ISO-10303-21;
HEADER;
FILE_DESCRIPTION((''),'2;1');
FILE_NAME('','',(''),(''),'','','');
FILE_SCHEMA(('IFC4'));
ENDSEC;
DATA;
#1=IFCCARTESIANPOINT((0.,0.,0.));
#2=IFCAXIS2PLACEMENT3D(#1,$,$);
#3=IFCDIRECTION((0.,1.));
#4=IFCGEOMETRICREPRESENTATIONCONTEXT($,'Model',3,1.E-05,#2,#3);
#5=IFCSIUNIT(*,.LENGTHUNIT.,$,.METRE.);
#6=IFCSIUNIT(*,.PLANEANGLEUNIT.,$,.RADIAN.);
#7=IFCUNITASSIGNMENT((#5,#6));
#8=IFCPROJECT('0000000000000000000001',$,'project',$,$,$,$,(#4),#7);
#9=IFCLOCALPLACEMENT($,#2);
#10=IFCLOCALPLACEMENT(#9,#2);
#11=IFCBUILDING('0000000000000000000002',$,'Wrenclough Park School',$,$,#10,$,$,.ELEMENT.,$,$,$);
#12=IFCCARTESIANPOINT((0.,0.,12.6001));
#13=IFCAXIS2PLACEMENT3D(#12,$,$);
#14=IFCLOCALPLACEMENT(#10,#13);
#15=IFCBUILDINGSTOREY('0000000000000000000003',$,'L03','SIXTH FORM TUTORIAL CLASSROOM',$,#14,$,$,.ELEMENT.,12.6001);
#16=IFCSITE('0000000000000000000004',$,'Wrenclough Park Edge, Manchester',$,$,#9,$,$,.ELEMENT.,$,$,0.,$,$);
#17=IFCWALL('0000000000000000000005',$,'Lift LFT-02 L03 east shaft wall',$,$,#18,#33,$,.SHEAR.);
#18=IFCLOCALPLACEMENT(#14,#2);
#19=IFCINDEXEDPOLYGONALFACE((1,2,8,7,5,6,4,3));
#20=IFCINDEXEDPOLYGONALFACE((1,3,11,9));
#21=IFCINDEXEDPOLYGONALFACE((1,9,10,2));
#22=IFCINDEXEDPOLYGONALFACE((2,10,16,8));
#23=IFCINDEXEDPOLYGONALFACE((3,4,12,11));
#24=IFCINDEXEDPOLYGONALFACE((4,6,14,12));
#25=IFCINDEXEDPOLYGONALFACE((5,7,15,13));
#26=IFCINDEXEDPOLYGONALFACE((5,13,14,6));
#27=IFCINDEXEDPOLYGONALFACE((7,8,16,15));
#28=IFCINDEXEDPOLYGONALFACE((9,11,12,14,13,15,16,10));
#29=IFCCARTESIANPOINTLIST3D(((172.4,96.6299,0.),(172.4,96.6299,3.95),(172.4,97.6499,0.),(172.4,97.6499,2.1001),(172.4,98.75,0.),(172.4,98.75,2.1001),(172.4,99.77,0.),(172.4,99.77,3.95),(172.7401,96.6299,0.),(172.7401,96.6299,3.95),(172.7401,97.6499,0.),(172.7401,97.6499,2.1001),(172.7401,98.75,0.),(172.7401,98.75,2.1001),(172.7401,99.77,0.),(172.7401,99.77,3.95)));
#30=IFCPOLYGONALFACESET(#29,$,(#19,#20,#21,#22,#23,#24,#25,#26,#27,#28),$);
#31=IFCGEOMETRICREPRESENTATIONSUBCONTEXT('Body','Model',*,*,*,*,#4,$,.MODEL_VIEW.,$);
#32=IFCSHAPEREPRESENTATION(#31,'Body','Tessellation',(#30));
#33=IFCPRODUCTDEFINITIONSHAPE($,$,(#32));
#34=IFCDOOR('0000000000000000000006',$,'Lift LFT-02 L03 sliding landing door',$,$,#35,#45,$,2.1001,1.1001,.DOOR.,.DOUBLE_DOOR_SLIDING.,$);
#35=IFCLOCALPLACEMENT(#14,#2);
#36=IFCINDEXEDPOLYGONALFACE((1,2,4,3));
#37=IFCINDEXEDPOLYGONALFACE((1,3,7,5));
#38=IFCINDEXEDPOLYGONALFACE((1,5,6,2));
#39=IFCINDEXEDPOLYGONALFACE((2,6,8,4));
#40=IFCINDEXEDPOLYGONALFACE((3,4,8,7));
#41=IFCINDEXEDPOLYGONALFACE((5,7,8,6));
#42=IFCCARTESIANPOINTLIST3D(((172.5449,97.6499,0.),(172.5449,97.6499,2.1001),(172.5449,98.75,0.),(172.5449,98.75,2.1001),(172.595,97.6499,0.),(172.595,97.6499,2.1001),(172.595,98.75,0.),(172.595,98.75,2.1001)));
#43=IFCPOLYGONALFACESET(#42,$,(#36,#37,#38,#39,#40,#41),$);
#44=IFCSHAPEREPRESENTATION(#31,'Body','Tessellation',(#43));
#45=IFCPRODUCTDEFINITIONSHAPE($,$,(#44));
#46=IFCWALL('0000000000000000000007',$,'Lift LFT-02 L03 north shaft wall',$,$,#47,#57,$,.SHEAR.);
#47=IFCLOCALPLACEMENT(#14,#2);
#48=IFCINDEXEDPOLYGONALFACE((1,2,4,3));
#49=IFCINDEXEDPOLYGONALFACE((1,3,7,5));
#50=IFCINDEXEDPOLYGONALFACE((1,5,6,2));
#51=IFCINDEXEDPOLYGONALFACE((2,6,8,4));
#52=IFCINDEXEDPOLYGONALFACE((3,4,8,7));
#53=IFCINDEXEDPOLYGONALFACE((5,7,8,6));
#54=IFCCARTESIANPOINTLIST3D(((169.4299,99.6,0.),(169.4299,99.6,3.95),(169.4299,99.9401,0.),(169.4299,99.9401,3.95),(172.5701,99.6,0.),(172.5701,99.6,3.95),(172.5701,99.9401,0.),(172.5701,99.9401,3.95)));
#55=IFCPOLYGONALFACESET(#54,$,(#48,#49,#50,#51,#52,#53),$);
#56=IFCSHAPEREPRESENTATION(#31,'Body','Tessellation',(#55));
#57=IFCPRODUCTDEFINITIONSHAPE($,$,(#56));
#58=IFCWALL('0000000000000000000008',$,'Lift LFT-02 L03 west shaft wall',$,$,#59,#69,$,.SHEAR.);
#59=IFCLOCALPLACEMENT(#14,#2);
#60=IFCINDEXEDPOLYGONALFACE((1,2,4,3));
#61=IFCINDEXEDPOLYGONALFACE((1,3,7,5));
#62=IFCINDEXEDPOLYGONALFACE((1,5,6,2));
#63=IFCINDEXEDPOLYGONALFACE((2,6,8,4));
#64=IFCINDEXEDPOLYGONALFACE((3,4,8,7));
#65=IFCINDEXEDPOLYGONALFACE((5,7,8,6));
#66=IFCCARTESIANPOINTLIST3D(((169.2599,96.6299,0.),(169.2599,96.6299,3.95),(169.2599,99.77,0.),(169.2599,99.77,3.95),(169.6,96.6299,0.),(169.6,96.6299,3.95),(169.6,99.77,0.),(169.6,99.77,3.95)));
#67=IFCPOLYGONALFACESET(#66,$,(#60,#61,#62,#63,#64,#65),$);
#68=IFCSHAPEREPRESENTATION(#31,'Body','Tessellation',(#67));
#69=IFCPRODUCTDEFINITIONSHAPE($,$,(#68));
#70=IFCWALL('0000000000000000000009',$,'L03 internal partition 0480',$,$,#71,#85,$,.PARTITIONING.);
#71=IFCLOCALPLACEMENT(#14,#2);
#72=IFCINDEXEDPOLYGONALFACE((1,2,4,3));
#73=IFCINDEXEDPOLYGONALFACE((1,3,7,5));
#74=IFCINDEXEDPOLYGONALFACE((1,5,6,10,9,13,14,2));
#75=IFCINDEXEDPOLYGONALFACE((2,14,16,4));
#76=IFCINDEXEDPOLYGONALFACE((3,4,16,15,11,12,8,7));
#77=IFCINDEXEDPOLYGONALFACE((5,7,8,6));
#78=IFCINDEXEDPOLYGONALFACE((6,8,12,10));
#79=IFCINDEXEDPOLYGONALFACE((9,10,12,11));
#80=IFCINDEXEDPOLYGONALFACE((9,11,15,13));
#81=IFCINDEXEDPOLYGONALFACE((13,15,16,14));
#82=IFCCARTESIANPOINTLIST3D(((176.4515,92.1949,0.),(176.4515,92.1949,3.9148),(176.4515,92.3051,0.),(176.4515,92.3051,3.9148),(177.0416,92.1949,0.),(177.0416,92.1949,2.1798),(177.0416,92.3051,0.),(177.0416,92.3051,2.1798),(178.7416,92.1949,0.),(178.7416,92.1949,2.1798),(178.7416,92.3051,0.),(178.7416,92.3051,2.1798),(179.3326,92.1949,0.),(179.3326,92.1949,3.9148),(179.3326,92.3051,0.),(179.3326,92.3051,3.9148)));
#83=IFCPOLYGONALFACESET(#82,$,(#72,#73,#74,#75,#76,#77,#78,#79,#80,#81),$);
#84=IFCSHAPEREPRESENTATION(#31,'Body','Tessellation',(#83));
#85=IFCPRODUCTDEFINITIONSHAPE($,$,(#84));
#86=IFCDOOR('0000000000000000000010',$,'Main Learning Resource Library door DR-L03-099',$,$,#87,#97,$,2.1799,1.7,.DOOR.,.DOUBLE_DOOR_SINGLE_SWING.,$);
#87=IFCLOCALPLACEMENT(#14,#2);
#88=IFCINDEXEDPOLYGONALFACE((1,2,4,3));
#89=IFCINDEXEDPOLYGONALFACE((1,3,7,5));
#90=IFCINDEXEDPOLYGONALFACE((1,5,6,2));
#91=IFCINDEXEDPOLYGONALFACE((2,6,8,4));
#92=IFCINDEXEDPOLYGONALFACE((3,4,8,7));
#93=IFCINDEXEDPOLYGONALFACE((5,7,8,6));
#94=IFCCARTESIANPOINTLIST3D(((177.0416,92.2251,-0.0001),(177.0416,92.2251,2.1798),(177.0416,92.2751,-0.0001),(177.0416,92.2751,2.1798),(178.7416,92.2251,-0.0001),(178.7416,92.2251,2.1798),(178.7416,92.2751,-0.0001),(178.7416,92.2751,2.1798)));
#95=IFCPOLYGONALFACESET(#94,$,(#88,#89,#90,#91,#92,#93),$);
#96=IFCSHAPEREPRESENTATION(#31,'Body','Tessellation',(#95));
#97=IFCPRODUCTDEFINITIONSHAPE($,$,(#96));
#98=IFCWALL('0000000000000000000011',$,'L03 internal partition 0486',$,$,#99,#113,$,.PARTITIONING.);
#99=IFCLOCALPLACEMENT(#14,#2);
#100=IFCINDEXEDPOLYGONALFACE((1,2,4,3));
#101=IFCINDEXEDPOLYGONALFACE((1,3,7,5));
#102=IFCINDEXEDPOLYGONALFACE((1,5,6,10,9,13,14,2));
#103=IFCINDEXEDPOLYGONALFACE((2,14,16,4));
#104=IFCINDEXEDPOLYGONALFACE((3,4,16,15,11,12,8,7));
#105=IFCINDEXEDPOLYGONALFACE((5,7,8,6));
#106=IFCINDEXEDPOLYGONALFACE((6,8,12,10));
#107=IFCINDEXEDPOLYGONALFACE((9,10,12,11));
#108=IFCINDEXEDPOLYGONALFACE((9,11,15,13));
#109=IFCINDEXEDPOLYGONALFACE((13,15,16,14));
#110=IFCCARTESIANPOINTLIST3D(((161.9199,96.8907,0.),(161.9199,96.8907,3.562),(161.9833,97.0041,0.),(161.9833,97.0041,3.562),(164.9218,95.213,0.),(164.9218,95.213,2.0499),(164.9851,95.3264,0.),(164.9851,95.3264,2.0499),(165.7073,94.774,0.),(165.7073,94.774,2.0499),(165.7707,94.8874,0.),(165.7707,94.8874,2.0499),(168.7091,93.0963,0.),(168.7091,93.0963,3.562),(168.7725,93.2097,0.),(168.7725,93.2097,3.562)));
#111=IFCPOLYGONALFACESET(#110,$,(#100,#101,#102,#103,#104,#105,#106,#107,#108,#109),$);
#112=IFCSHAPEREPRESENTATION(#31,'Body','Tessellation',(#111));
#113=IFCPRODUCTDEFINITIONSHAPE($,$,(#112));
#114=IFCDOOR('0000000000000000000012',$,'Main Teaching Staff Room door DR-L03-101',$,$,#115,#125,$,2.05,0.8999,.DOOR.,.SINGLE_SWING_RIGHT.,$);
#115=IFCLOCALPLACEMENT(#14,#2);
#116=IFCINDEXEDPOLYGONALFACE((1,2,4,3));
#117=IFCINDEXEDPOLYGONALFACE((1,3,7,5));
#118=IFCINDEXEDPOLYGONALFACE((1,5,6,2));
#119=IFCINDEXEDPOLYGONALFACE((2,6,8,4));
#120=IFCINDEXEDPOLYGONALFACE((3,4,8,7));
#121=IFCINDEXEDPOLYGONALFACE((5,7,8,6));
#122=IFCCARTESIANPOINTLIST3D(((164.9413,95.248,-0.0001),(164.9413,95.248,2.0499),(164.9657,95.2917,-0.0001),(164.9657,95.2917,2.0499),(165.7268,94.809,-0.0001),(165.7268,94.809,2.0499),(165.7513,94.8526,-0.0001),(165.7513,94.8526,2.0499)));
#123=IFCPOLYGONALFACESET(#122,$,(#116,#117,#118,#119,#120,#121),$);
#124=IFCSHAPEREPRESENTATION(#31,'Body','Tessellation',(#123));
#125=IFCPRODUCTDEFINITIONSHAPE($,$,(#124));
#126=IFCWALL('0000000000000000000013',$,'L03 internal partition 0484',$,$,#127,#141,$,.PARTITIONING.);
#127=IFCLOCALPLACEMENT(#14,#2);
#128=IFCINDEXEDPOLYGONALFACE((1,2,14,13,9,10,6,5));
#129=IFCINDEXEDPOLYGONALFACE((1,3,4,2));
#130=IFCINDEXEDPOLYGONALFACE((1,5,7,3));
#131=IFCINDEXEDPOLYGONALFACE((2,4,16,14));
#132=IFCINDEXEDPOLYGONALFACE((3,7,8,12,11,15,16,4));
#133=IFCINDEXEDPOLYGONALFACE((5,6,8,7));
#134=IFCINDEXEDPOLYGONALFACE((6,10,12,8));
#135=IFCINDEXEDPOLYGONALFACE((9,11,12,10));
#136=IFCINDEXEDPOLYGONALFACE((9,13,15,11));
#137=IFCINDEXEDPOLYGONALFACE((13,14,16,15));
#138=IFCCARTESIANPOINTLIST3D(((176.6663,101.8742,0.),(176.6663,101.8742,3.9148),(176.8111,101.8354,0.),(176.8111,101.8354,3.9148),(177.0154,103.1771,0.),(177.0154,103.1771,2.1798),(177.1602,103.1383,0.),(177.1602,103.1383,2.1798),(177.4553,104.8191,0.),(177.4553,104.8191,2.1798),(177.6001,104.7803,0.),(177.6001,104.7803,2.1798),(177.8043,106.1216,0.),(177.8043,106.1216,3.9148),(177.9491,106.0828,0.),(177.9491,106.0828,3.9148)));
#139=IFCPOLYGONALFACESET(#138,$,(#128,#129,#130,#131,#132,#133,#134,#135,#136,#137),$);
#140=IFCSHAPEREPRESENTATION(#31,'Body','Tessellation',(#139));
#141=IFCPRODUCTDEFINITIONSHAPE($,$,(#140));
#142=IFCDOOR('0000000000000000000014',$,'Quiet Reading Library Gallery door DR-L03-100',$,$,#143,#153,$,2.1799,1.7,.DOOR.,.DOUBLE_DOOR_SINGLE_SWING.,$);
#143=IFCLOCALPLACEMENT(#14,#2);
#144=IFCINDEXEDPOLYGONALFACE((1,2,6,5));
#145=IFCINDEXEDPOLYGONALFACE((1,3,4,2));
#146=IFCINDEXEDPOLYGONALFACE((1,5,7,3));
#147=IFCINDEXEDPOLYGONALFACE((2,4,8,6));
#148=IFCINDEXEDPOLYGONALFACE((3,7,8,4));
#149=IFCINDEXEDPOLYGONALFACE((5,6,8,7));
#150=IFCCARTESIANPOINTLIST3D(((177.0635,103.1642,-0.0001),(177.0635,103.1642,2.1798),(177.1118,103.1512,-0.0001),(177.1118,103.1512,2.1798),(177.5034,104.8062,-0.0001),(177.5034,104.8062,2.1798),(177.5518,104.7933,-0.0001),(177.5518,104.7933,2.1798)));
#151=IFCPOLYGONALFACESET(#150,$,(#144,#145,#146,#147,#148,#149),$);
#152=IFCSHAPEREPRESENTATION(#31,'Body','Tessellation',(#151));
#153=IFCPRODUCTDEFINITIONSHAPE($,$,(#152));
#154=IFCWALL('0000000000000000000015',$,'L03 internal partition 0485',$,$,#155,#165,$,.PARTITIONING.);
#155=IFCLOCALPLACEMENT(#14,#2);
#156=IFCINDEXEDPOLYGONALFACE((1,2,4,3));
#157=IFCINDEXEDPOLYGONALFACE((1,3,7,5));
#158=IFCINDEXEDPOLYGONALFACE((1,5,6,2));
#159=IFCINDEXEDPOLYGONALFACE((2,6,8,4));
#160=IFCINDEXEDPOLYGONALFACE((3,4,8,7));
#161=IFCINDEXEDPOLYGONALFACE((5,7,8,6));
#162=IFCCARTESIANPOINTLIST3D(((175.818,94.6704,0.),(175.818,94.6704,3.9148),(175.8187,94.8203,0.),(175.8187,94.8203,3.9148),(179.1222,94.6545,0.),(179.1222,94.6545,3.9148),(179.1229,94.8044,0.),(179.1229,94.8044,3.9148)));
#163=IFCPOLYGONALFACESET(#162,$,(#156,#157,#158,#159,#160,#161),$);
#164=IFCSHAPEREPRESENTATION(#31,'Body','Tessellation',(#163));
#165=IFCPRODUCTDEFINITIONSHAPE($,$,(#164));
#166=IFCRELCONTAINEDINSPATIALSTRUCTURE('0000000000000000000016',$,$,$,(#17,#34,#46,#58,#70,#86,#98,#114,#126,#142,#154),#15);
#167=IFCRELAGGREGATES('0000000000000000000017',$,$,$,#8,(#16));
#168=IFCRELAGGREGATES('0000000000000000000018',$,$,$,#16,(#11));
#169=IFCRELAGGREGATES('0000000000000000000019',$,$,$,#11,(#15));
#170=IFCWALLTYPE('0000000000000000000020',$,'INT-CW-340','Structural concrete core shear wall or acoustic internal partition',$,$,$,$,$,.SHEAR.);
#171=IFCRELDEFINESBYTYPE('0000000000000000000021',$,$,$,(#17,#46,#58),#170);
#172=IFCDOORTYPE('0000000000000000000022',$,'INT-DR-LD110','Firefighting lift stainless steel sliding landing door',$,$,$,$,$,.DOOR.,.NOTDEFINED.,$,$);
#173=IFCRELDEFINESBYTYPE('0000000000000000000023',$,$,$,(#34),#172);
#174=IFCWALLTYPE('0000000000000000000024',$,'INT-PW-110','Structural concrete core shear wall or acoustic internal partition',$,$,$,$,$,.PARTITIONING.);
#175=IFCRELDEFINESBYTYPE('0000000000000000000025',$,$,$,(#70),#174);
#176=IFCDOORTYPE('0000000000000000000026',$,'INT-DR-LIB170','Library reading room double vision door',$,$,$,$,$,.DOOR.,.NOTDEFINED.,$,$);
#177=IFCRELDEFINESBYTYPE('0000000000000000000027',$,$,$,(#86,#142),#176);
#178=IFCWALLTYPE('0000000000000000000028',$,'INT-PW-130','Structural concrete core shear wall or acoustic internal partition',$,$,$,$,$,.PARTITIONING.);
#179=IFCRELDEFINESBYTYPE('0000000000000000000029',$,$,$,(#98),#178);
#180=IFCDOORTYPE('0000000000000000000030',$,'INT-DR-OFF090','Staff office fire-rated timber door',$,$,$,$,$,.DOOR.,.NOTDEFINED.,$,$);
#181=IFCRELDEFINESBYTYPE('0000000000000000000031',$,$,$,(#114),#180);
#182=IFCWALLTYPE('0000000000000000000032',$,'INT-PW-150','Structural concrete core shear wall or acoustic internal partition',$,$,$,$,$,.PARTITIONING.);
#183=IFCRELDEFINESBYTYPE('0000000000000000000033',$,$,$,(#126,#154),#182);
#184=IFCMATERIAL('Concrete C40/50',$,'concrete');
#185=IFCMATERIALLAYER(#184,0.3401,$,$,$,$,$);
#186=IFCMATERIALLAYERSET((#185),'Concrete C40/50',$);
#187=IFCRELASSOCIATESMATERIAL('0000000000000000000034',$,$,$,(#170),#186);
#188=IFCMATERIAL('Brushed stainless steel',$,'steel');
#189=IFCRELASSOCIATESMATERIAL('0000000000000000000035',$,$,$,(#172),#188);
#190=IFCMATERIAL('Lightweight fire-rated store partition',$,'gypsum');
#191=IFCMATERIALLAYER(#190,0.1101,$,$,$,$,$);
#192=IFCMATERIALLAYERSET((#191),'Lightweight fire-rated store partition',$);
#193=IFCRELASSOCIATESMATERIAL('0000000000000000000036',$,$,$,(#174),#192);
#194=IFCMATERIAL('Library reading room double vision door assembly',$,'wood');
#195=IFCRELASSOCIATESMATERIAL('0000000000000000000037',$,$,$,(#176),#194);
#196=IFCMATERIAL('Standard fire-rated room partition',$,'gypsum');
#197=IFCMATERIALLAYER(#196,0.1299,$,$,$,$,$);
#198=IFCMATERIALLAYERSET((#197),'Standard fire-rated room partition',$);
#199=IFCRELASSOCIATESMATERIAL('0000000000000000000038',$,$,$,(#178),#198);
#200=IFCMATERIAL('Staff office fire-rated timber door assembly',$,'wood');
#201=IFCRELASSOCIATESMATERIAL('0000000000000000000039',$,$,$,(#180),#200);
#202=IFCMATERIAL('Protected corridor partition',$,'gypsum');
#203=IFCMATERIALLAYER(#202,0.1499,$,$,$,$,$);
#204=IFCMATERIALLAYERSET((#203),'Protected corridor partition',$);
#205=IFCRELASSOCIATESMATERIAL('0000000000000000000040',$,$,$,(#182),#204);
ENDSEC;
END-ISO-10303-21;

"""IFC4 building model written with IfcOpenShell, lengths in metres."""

from ifc_helpers import new_model, si_unit, direction, frame, frame_2d, origin, place, context, subcontext, project, spatial, rectangle, extrude, material, layer, layer_set, type_object, element, fill, save


model = new_model("IFC4")

# Units and contexts
model_context = context("Model", 3, precision=1e-05, world=origin(), true_north=direction((0.0, 1.0)))
body_context = subcontext(model_context, "Body", "Model", "MODEL_VIEW")
ifc_project = project(units=[si_unit("LENGTHUNIT", "METRE"), si_unit("PLANEANGLEUNIT", "RADIAN")], contexts=[model_context])

# Site, building, storey
site_placement = place(None, origin())
site = spatial("IfcSite", under=ifc_project, at=site_placement, Name="Wrenclough Park Edge, Manchester", CompositionType="ELEMENT", RefElevation=0.0)
building_placement = place(site_placement, origin())
building = spatial("IfcBuilding", under=site, at=building_placement, Name="Wrenclough Park School", CompositionType="ELEMENT")
storey_placement = place(building_placement, frame((0.0, 0.0, 12.6001)))
storey = spatial("IfcBuildingStorey", under=building, at=storey_placement, Name="L03", Description="SIXTH FORM TUTORIAL CLASSROOM", CompositionType="ELEMENT", Elevation=12.6001)

# Shared definitions
ifc_material_1 = material(Name="Concrete C40/50", Category="concrete")

# Shared definitions
ifc_layer_1 = layer(ifc_material_1, 0.3401)
ifc_layer_set_1 = layer_set([ifc_layer_1], Name="Concrete C40/50")
wall_type_1 = type_object("IfcWallType", Name="INT-CW-340", Description="Structural concrete core shear wall or acoustic internal partition", PredefinedType="SHEAR", material=ifc_layer_set_1)

# Wall, opening, door
wall_1_placement = place(storey_placement, frame((172.5701, 96.6299, 0.0), z_axis=(0.0, 0.0, 1.0), x_axis=(0.0, 1.0, 0.0)))
wall_1 = element("IfcWall", 1, at=wall_1_placement, inside=storey, type_object=wall_type_1, Name="Lift LFT-02 L03 east shaft wall", PredefinedType="SHEAR", context=body_context, shape_type="SweptSolid", body=[
    extrude(rectangle(XDim=3.1401, YDim=0.3401, at=frame_2d((1.5701, 0.0))), origin(), (0.0, 0.0, 1.0), 3.95),
])
opening_1_placement = place(wall_1_placement, frame((1.02, 0.0, 0.0)))
opening_1 = element("IfcOpeningElement", 2, at=opening_1_placement, cuts=wall_1, PredefinedType="OPENING", context=body_context, shape_type="SweptSolid", body=[
    extrude(rectangle(XDim=1.1001, YDim=2.1001, at=frame_2d((0.55, 1.05))), frame((0.0, 0.1799, 0.0), z_axis=(0.0, -1.0, 0.0), x_axis=(1.0, 0.0, 0.0)), (0.0, 0.0, 1.0), 0.3601),
])
ifc_material_2 = material(Name="Brushed stainless steel", Category="steel")
door_type_1 = type_object("IfcDoorType", Name="INT-DR-LD110", Description="Firefighting lift stainless steel sliding landing door", OperationType="NOTDEFINED", PredefinedType="DOOR", material=ifc_material_2)
door_1_placement = place(opening_1_placement, frame((1.1001, 0.0, 0.0), z_axis=(0.0, 0.0, 1.0), x_axis=(-1.0, 0.0, 0.0)))
door_1 = element("IfcDoor", 3, at=door_1_placement, inside=storey, type_object=door_type_1, Name="Lift LFT-02 L03 sliding landing door", OperationType="DOUBLE_DOOR_SLIDING", OverallHeight=2.1001, OverallWidth=1.1001, PredefinedType="DOOR", context=body_context, shape_type="SweptSolid", body=[
    extrude(rectangle(XDim=1.1001, YDim=2.1001, at=frame_2d((0.55, 1.05))), frame((0.0, 0.0249, 0.0), z_axis=(0.0, -1.0, 0.0), x_axis=(1.0, 0.0, 0.0)), (0.0, 0.0, 1.0), 0.05),
])
fill(opening_1, door_1)

# Walls
for number, where, z_axis, x_axis, name in (
    (4, (172.5701, 99.77, 0.0), (0.0, 0.0, 1.0), (-1.0, 0.0, 0.0), "Lift LFT-02 L03 north shaft wall"),
    (5, (169.4299, 99.77, 0.0), (0.0, 0.0, 1.0), (0.0, -1.0, 0.0), "Lift LFT-02 L03 west shaft wall"),
):
    element("IfcWall", number, at=place(storey_placement, frame(where, z_axis=z_axis, x_axis=x_axis)), inside=storey, type_object=wall_type_1, Name=name, PredefinedType="SHEAR", context=body_context, shape_type="SweptSolid", body=[
        extrude(rectangle(XDim=3.1401, YDim=0.3401, at=frame_2d((1.5701, 0.0))), origin(), (0.0, 0.0, 1.0), 3.95),
    ])

# Walls, openings, doors
ifc_material_3 = material(Name="Lightweight fire-rated store partition", Category="gypsum")
ifc_layer_2 = layer(ifc_material_3, 0.1101)
ifc_layer_set_2 = layer_set([ifc_layer_2], Name="Lightweight fire-rated store partition")
wall_type_2 = type_object("IfcWallType", Name="INT-PW-110", Description="Structural concrete core shear wall or acoustic internal partition", PredefinedType="PARTITIONING", material=ifc_layer_set_2)
wall_2_placement = place(storey_placement, frame((179.3325, 92.25, 0.0), z_axis=(0.0, 0.0, 1.0), x_axis=(-1.0, 0.0, 0.0)))
wall_2 = element("IfcWall", 6, at=wall_2_placement, inside=storey, type_object=wall_type_2, Name="L03 internal partition 0480", PredefinedType="PARTITIONING", context=body_context, shape_type="SweptSolid", body=[
    extrude(rectangle(XDim=2.8811, YDim=0.1101, at=frame_2d((1.4404, 0.0))), origin(), (0.0, 0.0, 1.0), 3.9148),
])
opening_2_placement = place(wall_2_placement, frame((0.5908, 0.0, 0.0)))
opening_2 = element("IfcOpeningElement", 7, at=opening_2_placement, cuts=wall_2, PredefinedType="OPENING", context=body_context, shape_type="SweptSolid", body=[
    extrude(rectangle(XDim=1.7, YDim=2.1799, at=frame_2d((0.8501, 1.0898))), frame((0.0, 0.0649, 0.0), z_axis=(0.0, -1.0, 0.0), x_axis=(1.0, 0.0, 0.0)), (0.0, 0.0, 1.0), 0.1301),
])
ifc_material_4 = material(Name="Library reading room double vision door assembly", Category="wood")
door_type_2 = type_object("IfcDoorType", Name="INT-DR-LIB170", Description="Library reading room double vision door", OperationType="NOTDEFINED", PredefinedType="DOOR", material=ifc_material_4)
door_2_placement = place(opening_2_placement, origin())
door_2 = element("IfcDoor", 8, at=door_2_placement, inside=storey, type_object=door_type_2, Name="Main Learning Resource Library door DR-L03-099", OperationType="DOUBLE_DOOR_SINGLE_SWING", OverallHeight=2.1799, OverallWidth=1.7, PredefinedType="DOOR", context=body_context, shape_type="SweptSolid", body=[
    extrude(rectangle(XDim=1.7, YDim=2.1799, at=frame_2d((0.8501, 1.0898))), frame((0.0, 0.0249, 0.0), z_axis=(0.0, -1.0, 0.0), x_axis=(1.0, 0.0, 0.0)), (0.0, 0.0, 1.0), 0.05),
])
fill(opening_2, door_2)
ifc_material_5 = material(Name="Standard fire-rated room partition", Category="gypsum")
ifc_layer_3 = layer(ifc_material_5, 0.1299)
ifc_layer_set_3 = layer_set([ifc_layer_3], Name="Standard fire-rated room partition")
wall_type_3 = type_object("IfcWallType", Name="INT-PW-130", Description="Structural concrete core shear wall or acoustic internal partition", PredefinedType="PARTITIONING", material=ifc_layer_set_3)
wall_3_placement = place(storey_placement, frame((168.7407, 93.1531, 0.0), z_axis=(0.0, 0.0, 1.0), x_axis=(-0.872921, 0.487861, 0.0)))
wall_3 = element("IfcWall", 9, at=wall_3_placement, inside=storey, type_object=wall_type_3, Name="L03 internal partition 0486", PredefinedType="PARTITIONING", context=body_context, shape_type="SweptSolid", body=[
    extrude(rectangle(XDim=7.7776, YDim=0.1299, at=frame_2d((3.8887, 0.0))), origin(), (0.0, 0.0, 1.0), 3.562),
])
opening_3_placement = place(wall_3_placement, frame((3.4387, 0.0, 0.0)))
opening_3 = element("IfcOpeningElement", 10, at=opening_3_placement, cuts=wall_3, PredefinedType="OPENING", context=body_context, shape_type="SweptSolid", body=[
    extrude(rectangle(XDim=0.8999, YDim=2.05, at=frame_2d((0.45, 1.0249))), frame((0.0, 0.075, 0.0), z_axis=(0.0, -1.0, 0.0), x_axis=(1.0, 0.0, 0.0)), (0.0, 0.0, 1.0), 0.1499),
])
ifc_material_6 = material(Name="Staff office fire-rated timber door assembly", Category="wood")
door_type_3 = type_object("IfcDoorType", Name="INT-DR-OFF090", Description="Staff office fire-rated timber door", OperationType="NOTDEFINED", PredefinedType="DOOR", material=ifc_material_6)
door_3_placement = place(opening_3_placement, origin())
door_3 = element("IfcDoor", 11, at=door_3_placement, inside=storey, type_object=door_type_3, Name="Main Teaching Staff Room door DR-L03-101", OperationType="SINGLE_SWING_RIGHT", OverallHeight=2.05, OverallWidth=0.8999, PredefinedType="DOOR", context=body_context, shape_type="SweptSolid", body=[
    extrude(rectangle(XDim=0.8999, YDim=2.05, at=frame_2d((0.45, 1.0249))), frame((0.0, 0.0249, 0.0), z_axis=(0.0, -1.0, 0.0), x_axis=(1.0, 0.0, 0.0)), (0.0, 0.0, 1.0), 0.05),
])
fill(opening_3, door_3)
ifc_material_7 = material(Name="Protected corridor partition", Category="gypsum")
ifc_layer_4 = layer(ifc_material_7, 0.1499)
ifc_layer_set_4 = layer_set([ifc_layer_4], Name="Protected corridor partition")
wall_type_4 = type_object("IfcWallType", Name="INT-PW-150", Description="Structural concrete core shear wall or acoustic internal partition", PredefinedType="PARTITIONING", material=ifc_layer_set_4)
wall_4_placement = place(storey_placement, frame((177.8767, 106.1023, 0.0), z_axis=(0.0, 0.0, 1.0), x_axis=(-0.258793, -0.965933, 0.0)))
wall_4 = element("IfcWall", 12, at=wall_4_placement, inside=storey, type_object=wall_type_4, Name="L03 internal partition 0484", PredefinedType="PARTITIONING", context=body_context, shape_type="SweptSolid", body=[
    extrude(rectangle(XDim=4.3972, YDim=0.1499, at=frame_2d((2.1987, 0.0))), origin(), (0.0, 0.0, 1.0), 3.9148),
])
opening_4_placement = place(wall_4_placement, frame((1.3484, 0.0, 0.0)))
opening_4 = element("IfcOpeningElement", 13, at=opening_4_placement, cuts=wall_4, PredefinedType="OPENING", context=body_context, shape_type="SweptSolid", body=[
    extrude(rectangle(XDim=1.7, YDim=2.1799, at=frame_2d((0.8501, 1.0898))), frame((0.0, 0.085, 0.0), z_axis=(0.0, -1.0, 0.0), x_axis=(1.0, 0.0, 0.0)), (0.0, 0.0, 1.0), 0.1699),
])
door_4_placement = place(opening_4_placement, origin())
door_4 = element("IfcDoor", 14, at=door_4_placement, inside=storey, type_object=door_type_2, Name="Quiet Reading Library Gallery door DR-L03-100", OperationType="DOUBLE_DOOR_SINGLE_SWING", OverallHeight=2.1799, OverallWidth=1.7, PredefinedType="DOOR", context=body_context, shape_type="SweptSolid", body=[
    extrude(rectangle(XDim=1.7, YDim=2.1799, at=frame_2d((0.8501, 1.0898))), frame((0.0, 0.0249, 0.0), z_axis=(0.0, -1.0, 0.0), x_axis=(1.0, 0.0, 0.0)), (0.0, 0.0, 1.0), 0.05),
])
fill(opening_4, door_4)

# Wall
wall_5_placement = place(storey_placement, frame((175.8184, 94.7454, 0.0), z_axis=(0.0, 0.0, 1.0), x_axis=(0.999988, -0.004803, 0.0)))
element("IfcWall", 15, at=wall_5_placement, inside=storey, type_object=wall_type_4, Name="L03 internal partition 0485", PredefinedType="PARTITIONING", context=body_context, shape_type="SweptSolid", body=[
    extrude(rectangle(XDim=3.3042, YDim=0.1499, at=frame_2d((1.6521, 0.0))), origin(), (0.0, 0.0, 1.0), 3.9148),
])

save(model, "model.ifc")
